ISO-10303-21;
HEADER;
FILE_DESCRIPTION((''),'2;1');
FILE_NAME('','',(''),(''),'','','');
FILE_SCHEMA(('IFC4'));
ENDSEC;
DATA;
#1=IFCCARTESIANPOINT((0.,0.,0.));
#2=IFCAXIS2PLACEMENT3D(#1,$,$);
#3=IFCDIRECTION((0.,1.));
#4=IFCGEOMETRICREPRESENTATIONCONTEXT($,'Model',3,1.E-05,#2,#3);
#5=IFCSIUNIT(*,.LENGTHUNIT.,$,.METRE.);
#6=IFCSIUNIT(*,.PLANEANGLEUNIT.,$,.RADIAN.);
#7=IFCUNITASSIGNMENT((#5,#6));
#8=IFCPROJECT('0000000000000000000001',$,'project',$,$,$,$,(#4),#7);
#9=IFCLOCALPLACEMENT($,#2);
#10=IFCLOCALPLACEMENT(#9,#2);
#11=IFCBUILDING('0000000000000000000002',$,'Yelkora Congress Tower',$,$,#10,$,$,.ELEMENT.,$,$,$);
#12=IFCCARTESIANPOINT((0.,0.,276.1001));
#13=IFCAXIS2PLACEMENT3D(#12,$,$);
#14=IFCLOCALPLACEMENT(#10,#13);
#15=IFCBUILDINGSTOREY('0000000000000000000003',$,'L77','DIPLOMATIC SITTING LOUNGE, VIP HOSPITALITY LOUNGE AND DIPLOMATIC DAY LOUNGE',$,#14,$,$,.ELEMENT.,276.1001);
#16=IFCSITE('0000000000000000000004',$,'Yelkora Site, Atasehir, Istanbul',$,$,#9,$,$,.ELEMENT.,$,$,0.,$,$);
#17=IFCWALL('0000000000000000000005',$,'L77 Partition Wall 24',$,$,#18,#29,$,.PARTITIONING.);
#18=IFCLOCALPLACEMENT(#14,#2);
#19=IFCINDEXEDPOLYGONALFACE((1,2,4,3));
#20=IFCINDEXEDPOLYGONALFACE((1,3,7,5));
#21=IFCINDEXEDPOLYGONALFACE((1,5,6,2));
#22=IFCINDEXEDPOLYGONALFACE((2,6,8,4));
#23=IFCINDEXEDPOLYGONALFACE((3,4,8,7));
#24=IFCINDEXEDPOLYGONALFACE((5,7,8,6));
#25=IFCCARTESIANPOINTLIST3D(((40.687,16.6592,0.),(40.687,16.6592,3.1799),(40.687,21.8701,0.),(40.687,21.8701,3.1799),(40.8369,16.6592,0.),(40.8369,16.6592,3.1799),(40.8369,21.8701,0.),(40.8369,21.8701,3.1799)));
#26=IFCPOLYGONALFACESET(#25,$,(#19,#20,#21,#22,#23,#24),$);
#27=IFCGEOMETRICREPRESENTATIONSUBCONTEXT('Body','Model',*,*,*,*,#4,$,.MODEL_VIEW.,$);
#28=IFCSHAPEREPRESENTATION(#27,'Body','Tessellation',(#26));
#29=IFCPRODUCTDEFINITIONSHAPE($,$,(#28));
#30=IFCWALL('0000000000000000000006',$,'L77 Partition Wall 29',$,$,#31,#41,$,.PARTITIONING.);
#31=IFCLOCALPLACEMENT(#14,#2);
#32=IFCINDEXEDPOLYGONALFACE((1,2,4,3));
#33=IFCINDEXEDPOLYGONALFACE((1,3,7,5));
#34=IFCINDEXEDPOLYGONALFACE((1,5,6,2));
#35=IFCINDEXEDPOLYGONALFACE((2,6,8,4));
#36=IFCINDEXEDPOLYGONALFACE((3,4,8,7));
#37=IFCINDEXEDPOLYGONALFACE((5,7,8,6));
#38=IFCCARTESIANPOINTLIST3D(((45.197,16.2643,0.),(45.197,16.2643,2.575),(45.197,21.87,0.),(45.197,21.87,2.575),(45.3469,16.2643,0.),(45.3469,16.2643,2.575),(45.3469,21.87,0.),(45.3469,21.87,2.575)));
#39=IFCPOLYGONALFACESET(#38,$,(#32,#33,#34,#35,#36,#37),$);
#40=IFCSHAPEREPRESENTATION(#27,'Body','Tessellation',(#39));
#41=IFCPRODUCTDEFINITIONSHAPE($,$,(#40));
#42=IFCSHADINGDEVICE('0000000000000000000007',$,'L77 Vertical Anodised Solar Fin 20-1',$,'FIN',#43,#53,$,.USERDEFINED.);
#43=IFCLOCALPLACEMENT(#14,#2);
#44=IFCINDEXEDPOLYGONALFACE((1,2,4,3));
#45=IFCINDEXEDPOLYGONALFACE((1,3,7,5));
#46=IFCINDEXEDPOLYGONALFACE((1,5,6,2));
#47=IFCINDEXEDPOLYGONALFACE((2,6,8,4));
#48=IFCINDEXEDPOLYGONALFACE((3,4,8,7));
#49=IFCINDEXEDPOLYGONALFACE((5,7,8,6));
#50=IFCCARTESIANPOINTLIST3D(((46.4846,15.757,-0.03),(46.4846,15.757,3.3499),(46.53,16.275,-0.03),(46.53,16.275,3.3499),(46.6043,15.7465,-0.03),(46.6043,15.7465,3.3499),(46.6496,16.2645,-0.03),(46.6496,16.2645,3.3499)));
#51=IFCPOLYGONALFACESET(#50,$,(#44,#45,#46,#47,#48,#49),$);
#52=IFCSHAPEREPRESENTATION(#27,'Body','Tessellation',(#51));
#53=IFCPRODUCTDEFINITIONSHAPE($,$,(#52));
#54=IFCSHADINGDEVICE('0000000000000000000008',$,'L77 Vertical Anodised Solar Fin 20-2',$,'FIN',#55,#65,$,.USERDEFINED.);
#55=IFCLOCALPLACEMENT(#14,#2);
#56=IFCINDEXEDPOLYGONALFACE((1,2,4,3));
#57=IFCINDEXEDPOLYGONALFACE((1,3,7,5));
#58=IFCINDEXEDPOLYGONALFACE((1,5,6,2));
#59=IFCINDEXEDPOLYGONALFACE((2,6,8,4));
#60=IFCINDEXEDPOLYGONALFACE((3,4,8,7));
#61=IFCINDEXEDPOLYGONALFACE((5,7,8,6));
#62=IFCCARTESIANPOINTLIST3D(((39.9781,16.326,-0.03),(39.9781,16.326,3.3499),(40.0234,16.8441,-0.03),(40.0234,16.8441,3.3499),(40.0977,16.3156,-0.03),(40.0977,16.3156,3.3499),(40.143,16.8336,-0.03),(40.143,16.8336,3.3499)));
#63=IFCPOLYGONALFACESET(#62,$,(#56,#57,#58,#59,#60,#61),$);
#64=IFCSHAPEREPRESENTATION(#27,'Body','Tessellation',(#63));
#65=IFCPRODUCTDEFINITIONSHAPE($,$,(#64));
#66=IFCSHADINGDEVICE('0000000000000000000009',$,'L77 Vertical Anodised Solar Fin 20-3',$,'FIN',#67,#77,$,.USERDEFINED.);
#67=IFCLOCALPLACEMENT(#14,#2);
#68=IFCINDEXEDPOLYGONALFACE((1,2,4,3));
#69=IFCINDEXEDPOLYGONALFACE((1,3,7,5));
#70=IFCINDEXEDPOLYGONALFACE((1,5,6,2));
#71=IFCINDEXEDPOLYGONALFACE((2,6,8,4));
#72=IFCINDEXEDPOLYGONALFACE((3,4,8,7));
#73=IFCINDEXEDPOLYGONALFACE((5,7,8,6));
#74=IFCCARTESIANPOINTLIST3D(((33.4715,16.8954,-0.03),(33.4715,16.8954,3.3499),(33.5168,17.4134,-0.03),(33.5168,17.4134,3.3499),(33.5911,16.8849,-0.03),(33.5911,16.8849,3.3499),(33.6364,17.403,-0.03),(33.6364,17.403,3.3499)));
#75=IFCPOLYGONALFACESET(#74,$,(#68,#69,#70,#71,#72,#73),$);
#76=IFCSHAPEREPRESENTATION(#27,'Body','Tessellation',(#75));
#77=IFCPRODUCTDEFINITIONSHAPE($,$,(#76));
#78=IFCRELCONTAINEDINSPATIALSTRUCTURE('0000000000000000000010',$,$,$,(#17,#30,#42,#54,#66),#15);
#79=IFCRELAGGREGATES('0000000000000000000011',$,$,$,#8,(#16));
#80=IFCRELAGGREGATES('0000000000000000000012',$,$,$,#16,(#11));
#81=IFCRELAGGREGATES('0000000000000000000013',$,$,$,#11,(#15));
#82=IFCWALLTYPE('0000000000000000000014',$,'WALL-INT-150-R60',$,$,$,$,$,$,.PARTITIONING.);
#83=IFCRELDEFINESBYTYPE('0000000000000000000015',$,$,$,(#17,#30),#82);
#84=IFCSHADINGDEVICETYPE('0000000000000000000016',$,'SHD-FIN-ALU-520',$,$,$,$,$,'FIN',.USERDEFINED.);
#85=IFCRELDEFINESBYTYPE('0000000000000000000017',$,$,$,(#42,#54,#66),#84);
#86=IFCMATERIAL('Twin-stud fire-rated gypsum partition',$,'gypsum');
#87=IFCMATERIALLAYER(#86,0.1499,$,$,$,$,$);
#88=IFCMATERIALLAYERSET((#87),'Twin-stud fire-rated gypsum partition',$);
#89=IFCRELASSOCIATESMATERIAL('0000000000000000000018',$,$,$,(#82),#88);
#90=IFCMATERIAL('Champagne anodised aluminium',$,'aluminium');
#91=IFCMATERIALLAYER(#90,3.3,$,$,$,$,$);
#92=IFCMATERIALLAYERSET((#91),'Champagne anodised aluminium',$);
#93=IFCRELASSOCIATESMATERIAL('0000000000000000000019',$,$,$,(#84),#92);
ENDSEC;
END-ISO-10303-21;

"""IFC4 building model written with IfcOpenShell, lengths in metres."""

from ifc_helpers import new_model, si_unit, direction, frame, frame_2d, origin, origin_2d, place, context, subcontext, project, spatial, rectangle, extrude, material, layer, layer_set, type_object, element, save


model = new_model("IFC4")

# Units and contexts
model_context = context("Model", 3, precision=1e-05, world=origin(), true_north=direction((0.0, 1.0)))
body_context = subcontext(model_context, "Body", "Model", "MODEL_VIEW")
ifc_project = project(units=[si_unit("LENGTHUNIT", "METRE"), si_unit("PLANEANGLEUNIT", "RADIAN")], contexts=[model_context])

# Site, building, storey
site_placement = place(None, origin())
site = spatial("IfcSite", under=ifc_project, at=site_placement, Name="Yelkora Site, Atasehir, Istanbul", CompositionType="ELEMENT", RefElevation=0.0)
building_placement = place(site_placement, origin())
building = spatial("IfcBuilding", under=site, at=building_placement, Name="Yelkora Congress Tower", CompositionType="ELEMENT")
storey_placement = place(building_placement, frame((0.0, 0.0, 276.1001)))
storey = spatial("IfcBuildingStorey", under=building, at=storey_placement, Name="L77", Description="DIPLOMATIC SITTING LOUNGE, VIP HOSPITALITY LOUNGE AND DIPLOMATIC DAY LOUNGE", CompositionType="ELEMENT", Elevation=276.1001)

# Walls
ifc_material_1 = material(Name="Twin-stud fire-rated gypsum partition", Category="gypsum")
ifc_layer_1 = layer(ifc_material_1, 0.1499)
ifc_layer_set_1 = layer_set([ifc_layer_1], Name="Twin-stud fire-rated gypsum partition")
wall_type = type_object("IfcWallType", Name="WALL-INT-150-R60", PredefinedType="PARTITIONING", material=ifc_layer_set_1)
wall_1_placement = place(storey_placement, frame((40.762, 16.6592, 0.0), z_axis=(0.0, 0.0, 1.0), x_axis=(0.0, 1.0, 0.0)))
element("IfcWall", 1, at=wall_1_placement, inside=storey, type_object=wall_type, Name="L77 Partition Wall 24", PredefinedType="PARTITIONING", context=body_context, shape_type="SweptSolid", body=[
    extrude(rectangle(XDim=5.2109, YDim=0.1499, at=frame_2d((2.6055, 0.0))), origin(), (0.0, 0.0, 1.0), 3.1799),
])
wall_2_placement = place(storey_placement, frame((45.272, 16.2644, 0.0), z_axis=(0.0, 0.0, 1.0), x_axis=(0.0, 1.0, 0.0)))
element("IfcWall", 2, at=wall_2_placement, inside=storey, type_object=wall_type, Name="L77 Partition Wall 29", PredefinedType="PARTITIONING", context=body_context, shape_type="SweptSolid", body=[
    extrude(rectangle(XDim=5.6057, YDim=0.1499, at=frame_2d((2.8027, 0.0))), origin(), (0.0, 0.0, 1.0), 2.575),
])

# Shading devices
ifc_material_2 = material(Name="Champagne anodised aluminium", Category="aluminium")
ifc_layer_2 = layer(ifc_material_2, 3.3)
ifc_layer_set_2 = layer_set([ifc_layer_2], Name="Champagne anodised aluminium")
shading_device_type = type_object("IfcShadingDeviceType", Name="SHD-FIN-ALU-520", ElementType="FIN", PredefinedType="USERDEFINED", material=ifc_layer_set_2)
for number, where, z_axis, x_axis, name in (
    (3, (46.5671, 16.0107, -0.03), (0.0, 0.0, 1.0), (-0.996195, 0.087156, 0.0), "L77 Vertical Anodised Solar Fin 20-1"),
    (4, (40.0605, 16.5798, -0.03), (0.0, 0.0, 1.0), (-0.996195, 0.087156, 0.0), "L77 Vertical Anodised Solar Fin 20-2"),
    (5, (33.554, 17.1492, -0.03), (0.0, 0.0, 1.0), (-0.996195, 0.087156, 0.0), "L77 Vertical Anodised Solar Fin 20-3"),
):
    element("IfcShadingDevice", number, at=place(storey_placement, frame(where, z_axis=z_axis, x_axis=x_axis)), inside=storey, type_object=shading_device_type, Name=name, ObjectType="FIN", PredefinedType="USERDEFINED", context=body_context, shape_type="SweptSolid", body=[
        extrude(rectangle(XDim=0.1201, YDim=0.52, at=origin_2d()), origin(), (0.0, 0.0, 1.0), 3.3799),
    ])

save(model, "model.ifc")
